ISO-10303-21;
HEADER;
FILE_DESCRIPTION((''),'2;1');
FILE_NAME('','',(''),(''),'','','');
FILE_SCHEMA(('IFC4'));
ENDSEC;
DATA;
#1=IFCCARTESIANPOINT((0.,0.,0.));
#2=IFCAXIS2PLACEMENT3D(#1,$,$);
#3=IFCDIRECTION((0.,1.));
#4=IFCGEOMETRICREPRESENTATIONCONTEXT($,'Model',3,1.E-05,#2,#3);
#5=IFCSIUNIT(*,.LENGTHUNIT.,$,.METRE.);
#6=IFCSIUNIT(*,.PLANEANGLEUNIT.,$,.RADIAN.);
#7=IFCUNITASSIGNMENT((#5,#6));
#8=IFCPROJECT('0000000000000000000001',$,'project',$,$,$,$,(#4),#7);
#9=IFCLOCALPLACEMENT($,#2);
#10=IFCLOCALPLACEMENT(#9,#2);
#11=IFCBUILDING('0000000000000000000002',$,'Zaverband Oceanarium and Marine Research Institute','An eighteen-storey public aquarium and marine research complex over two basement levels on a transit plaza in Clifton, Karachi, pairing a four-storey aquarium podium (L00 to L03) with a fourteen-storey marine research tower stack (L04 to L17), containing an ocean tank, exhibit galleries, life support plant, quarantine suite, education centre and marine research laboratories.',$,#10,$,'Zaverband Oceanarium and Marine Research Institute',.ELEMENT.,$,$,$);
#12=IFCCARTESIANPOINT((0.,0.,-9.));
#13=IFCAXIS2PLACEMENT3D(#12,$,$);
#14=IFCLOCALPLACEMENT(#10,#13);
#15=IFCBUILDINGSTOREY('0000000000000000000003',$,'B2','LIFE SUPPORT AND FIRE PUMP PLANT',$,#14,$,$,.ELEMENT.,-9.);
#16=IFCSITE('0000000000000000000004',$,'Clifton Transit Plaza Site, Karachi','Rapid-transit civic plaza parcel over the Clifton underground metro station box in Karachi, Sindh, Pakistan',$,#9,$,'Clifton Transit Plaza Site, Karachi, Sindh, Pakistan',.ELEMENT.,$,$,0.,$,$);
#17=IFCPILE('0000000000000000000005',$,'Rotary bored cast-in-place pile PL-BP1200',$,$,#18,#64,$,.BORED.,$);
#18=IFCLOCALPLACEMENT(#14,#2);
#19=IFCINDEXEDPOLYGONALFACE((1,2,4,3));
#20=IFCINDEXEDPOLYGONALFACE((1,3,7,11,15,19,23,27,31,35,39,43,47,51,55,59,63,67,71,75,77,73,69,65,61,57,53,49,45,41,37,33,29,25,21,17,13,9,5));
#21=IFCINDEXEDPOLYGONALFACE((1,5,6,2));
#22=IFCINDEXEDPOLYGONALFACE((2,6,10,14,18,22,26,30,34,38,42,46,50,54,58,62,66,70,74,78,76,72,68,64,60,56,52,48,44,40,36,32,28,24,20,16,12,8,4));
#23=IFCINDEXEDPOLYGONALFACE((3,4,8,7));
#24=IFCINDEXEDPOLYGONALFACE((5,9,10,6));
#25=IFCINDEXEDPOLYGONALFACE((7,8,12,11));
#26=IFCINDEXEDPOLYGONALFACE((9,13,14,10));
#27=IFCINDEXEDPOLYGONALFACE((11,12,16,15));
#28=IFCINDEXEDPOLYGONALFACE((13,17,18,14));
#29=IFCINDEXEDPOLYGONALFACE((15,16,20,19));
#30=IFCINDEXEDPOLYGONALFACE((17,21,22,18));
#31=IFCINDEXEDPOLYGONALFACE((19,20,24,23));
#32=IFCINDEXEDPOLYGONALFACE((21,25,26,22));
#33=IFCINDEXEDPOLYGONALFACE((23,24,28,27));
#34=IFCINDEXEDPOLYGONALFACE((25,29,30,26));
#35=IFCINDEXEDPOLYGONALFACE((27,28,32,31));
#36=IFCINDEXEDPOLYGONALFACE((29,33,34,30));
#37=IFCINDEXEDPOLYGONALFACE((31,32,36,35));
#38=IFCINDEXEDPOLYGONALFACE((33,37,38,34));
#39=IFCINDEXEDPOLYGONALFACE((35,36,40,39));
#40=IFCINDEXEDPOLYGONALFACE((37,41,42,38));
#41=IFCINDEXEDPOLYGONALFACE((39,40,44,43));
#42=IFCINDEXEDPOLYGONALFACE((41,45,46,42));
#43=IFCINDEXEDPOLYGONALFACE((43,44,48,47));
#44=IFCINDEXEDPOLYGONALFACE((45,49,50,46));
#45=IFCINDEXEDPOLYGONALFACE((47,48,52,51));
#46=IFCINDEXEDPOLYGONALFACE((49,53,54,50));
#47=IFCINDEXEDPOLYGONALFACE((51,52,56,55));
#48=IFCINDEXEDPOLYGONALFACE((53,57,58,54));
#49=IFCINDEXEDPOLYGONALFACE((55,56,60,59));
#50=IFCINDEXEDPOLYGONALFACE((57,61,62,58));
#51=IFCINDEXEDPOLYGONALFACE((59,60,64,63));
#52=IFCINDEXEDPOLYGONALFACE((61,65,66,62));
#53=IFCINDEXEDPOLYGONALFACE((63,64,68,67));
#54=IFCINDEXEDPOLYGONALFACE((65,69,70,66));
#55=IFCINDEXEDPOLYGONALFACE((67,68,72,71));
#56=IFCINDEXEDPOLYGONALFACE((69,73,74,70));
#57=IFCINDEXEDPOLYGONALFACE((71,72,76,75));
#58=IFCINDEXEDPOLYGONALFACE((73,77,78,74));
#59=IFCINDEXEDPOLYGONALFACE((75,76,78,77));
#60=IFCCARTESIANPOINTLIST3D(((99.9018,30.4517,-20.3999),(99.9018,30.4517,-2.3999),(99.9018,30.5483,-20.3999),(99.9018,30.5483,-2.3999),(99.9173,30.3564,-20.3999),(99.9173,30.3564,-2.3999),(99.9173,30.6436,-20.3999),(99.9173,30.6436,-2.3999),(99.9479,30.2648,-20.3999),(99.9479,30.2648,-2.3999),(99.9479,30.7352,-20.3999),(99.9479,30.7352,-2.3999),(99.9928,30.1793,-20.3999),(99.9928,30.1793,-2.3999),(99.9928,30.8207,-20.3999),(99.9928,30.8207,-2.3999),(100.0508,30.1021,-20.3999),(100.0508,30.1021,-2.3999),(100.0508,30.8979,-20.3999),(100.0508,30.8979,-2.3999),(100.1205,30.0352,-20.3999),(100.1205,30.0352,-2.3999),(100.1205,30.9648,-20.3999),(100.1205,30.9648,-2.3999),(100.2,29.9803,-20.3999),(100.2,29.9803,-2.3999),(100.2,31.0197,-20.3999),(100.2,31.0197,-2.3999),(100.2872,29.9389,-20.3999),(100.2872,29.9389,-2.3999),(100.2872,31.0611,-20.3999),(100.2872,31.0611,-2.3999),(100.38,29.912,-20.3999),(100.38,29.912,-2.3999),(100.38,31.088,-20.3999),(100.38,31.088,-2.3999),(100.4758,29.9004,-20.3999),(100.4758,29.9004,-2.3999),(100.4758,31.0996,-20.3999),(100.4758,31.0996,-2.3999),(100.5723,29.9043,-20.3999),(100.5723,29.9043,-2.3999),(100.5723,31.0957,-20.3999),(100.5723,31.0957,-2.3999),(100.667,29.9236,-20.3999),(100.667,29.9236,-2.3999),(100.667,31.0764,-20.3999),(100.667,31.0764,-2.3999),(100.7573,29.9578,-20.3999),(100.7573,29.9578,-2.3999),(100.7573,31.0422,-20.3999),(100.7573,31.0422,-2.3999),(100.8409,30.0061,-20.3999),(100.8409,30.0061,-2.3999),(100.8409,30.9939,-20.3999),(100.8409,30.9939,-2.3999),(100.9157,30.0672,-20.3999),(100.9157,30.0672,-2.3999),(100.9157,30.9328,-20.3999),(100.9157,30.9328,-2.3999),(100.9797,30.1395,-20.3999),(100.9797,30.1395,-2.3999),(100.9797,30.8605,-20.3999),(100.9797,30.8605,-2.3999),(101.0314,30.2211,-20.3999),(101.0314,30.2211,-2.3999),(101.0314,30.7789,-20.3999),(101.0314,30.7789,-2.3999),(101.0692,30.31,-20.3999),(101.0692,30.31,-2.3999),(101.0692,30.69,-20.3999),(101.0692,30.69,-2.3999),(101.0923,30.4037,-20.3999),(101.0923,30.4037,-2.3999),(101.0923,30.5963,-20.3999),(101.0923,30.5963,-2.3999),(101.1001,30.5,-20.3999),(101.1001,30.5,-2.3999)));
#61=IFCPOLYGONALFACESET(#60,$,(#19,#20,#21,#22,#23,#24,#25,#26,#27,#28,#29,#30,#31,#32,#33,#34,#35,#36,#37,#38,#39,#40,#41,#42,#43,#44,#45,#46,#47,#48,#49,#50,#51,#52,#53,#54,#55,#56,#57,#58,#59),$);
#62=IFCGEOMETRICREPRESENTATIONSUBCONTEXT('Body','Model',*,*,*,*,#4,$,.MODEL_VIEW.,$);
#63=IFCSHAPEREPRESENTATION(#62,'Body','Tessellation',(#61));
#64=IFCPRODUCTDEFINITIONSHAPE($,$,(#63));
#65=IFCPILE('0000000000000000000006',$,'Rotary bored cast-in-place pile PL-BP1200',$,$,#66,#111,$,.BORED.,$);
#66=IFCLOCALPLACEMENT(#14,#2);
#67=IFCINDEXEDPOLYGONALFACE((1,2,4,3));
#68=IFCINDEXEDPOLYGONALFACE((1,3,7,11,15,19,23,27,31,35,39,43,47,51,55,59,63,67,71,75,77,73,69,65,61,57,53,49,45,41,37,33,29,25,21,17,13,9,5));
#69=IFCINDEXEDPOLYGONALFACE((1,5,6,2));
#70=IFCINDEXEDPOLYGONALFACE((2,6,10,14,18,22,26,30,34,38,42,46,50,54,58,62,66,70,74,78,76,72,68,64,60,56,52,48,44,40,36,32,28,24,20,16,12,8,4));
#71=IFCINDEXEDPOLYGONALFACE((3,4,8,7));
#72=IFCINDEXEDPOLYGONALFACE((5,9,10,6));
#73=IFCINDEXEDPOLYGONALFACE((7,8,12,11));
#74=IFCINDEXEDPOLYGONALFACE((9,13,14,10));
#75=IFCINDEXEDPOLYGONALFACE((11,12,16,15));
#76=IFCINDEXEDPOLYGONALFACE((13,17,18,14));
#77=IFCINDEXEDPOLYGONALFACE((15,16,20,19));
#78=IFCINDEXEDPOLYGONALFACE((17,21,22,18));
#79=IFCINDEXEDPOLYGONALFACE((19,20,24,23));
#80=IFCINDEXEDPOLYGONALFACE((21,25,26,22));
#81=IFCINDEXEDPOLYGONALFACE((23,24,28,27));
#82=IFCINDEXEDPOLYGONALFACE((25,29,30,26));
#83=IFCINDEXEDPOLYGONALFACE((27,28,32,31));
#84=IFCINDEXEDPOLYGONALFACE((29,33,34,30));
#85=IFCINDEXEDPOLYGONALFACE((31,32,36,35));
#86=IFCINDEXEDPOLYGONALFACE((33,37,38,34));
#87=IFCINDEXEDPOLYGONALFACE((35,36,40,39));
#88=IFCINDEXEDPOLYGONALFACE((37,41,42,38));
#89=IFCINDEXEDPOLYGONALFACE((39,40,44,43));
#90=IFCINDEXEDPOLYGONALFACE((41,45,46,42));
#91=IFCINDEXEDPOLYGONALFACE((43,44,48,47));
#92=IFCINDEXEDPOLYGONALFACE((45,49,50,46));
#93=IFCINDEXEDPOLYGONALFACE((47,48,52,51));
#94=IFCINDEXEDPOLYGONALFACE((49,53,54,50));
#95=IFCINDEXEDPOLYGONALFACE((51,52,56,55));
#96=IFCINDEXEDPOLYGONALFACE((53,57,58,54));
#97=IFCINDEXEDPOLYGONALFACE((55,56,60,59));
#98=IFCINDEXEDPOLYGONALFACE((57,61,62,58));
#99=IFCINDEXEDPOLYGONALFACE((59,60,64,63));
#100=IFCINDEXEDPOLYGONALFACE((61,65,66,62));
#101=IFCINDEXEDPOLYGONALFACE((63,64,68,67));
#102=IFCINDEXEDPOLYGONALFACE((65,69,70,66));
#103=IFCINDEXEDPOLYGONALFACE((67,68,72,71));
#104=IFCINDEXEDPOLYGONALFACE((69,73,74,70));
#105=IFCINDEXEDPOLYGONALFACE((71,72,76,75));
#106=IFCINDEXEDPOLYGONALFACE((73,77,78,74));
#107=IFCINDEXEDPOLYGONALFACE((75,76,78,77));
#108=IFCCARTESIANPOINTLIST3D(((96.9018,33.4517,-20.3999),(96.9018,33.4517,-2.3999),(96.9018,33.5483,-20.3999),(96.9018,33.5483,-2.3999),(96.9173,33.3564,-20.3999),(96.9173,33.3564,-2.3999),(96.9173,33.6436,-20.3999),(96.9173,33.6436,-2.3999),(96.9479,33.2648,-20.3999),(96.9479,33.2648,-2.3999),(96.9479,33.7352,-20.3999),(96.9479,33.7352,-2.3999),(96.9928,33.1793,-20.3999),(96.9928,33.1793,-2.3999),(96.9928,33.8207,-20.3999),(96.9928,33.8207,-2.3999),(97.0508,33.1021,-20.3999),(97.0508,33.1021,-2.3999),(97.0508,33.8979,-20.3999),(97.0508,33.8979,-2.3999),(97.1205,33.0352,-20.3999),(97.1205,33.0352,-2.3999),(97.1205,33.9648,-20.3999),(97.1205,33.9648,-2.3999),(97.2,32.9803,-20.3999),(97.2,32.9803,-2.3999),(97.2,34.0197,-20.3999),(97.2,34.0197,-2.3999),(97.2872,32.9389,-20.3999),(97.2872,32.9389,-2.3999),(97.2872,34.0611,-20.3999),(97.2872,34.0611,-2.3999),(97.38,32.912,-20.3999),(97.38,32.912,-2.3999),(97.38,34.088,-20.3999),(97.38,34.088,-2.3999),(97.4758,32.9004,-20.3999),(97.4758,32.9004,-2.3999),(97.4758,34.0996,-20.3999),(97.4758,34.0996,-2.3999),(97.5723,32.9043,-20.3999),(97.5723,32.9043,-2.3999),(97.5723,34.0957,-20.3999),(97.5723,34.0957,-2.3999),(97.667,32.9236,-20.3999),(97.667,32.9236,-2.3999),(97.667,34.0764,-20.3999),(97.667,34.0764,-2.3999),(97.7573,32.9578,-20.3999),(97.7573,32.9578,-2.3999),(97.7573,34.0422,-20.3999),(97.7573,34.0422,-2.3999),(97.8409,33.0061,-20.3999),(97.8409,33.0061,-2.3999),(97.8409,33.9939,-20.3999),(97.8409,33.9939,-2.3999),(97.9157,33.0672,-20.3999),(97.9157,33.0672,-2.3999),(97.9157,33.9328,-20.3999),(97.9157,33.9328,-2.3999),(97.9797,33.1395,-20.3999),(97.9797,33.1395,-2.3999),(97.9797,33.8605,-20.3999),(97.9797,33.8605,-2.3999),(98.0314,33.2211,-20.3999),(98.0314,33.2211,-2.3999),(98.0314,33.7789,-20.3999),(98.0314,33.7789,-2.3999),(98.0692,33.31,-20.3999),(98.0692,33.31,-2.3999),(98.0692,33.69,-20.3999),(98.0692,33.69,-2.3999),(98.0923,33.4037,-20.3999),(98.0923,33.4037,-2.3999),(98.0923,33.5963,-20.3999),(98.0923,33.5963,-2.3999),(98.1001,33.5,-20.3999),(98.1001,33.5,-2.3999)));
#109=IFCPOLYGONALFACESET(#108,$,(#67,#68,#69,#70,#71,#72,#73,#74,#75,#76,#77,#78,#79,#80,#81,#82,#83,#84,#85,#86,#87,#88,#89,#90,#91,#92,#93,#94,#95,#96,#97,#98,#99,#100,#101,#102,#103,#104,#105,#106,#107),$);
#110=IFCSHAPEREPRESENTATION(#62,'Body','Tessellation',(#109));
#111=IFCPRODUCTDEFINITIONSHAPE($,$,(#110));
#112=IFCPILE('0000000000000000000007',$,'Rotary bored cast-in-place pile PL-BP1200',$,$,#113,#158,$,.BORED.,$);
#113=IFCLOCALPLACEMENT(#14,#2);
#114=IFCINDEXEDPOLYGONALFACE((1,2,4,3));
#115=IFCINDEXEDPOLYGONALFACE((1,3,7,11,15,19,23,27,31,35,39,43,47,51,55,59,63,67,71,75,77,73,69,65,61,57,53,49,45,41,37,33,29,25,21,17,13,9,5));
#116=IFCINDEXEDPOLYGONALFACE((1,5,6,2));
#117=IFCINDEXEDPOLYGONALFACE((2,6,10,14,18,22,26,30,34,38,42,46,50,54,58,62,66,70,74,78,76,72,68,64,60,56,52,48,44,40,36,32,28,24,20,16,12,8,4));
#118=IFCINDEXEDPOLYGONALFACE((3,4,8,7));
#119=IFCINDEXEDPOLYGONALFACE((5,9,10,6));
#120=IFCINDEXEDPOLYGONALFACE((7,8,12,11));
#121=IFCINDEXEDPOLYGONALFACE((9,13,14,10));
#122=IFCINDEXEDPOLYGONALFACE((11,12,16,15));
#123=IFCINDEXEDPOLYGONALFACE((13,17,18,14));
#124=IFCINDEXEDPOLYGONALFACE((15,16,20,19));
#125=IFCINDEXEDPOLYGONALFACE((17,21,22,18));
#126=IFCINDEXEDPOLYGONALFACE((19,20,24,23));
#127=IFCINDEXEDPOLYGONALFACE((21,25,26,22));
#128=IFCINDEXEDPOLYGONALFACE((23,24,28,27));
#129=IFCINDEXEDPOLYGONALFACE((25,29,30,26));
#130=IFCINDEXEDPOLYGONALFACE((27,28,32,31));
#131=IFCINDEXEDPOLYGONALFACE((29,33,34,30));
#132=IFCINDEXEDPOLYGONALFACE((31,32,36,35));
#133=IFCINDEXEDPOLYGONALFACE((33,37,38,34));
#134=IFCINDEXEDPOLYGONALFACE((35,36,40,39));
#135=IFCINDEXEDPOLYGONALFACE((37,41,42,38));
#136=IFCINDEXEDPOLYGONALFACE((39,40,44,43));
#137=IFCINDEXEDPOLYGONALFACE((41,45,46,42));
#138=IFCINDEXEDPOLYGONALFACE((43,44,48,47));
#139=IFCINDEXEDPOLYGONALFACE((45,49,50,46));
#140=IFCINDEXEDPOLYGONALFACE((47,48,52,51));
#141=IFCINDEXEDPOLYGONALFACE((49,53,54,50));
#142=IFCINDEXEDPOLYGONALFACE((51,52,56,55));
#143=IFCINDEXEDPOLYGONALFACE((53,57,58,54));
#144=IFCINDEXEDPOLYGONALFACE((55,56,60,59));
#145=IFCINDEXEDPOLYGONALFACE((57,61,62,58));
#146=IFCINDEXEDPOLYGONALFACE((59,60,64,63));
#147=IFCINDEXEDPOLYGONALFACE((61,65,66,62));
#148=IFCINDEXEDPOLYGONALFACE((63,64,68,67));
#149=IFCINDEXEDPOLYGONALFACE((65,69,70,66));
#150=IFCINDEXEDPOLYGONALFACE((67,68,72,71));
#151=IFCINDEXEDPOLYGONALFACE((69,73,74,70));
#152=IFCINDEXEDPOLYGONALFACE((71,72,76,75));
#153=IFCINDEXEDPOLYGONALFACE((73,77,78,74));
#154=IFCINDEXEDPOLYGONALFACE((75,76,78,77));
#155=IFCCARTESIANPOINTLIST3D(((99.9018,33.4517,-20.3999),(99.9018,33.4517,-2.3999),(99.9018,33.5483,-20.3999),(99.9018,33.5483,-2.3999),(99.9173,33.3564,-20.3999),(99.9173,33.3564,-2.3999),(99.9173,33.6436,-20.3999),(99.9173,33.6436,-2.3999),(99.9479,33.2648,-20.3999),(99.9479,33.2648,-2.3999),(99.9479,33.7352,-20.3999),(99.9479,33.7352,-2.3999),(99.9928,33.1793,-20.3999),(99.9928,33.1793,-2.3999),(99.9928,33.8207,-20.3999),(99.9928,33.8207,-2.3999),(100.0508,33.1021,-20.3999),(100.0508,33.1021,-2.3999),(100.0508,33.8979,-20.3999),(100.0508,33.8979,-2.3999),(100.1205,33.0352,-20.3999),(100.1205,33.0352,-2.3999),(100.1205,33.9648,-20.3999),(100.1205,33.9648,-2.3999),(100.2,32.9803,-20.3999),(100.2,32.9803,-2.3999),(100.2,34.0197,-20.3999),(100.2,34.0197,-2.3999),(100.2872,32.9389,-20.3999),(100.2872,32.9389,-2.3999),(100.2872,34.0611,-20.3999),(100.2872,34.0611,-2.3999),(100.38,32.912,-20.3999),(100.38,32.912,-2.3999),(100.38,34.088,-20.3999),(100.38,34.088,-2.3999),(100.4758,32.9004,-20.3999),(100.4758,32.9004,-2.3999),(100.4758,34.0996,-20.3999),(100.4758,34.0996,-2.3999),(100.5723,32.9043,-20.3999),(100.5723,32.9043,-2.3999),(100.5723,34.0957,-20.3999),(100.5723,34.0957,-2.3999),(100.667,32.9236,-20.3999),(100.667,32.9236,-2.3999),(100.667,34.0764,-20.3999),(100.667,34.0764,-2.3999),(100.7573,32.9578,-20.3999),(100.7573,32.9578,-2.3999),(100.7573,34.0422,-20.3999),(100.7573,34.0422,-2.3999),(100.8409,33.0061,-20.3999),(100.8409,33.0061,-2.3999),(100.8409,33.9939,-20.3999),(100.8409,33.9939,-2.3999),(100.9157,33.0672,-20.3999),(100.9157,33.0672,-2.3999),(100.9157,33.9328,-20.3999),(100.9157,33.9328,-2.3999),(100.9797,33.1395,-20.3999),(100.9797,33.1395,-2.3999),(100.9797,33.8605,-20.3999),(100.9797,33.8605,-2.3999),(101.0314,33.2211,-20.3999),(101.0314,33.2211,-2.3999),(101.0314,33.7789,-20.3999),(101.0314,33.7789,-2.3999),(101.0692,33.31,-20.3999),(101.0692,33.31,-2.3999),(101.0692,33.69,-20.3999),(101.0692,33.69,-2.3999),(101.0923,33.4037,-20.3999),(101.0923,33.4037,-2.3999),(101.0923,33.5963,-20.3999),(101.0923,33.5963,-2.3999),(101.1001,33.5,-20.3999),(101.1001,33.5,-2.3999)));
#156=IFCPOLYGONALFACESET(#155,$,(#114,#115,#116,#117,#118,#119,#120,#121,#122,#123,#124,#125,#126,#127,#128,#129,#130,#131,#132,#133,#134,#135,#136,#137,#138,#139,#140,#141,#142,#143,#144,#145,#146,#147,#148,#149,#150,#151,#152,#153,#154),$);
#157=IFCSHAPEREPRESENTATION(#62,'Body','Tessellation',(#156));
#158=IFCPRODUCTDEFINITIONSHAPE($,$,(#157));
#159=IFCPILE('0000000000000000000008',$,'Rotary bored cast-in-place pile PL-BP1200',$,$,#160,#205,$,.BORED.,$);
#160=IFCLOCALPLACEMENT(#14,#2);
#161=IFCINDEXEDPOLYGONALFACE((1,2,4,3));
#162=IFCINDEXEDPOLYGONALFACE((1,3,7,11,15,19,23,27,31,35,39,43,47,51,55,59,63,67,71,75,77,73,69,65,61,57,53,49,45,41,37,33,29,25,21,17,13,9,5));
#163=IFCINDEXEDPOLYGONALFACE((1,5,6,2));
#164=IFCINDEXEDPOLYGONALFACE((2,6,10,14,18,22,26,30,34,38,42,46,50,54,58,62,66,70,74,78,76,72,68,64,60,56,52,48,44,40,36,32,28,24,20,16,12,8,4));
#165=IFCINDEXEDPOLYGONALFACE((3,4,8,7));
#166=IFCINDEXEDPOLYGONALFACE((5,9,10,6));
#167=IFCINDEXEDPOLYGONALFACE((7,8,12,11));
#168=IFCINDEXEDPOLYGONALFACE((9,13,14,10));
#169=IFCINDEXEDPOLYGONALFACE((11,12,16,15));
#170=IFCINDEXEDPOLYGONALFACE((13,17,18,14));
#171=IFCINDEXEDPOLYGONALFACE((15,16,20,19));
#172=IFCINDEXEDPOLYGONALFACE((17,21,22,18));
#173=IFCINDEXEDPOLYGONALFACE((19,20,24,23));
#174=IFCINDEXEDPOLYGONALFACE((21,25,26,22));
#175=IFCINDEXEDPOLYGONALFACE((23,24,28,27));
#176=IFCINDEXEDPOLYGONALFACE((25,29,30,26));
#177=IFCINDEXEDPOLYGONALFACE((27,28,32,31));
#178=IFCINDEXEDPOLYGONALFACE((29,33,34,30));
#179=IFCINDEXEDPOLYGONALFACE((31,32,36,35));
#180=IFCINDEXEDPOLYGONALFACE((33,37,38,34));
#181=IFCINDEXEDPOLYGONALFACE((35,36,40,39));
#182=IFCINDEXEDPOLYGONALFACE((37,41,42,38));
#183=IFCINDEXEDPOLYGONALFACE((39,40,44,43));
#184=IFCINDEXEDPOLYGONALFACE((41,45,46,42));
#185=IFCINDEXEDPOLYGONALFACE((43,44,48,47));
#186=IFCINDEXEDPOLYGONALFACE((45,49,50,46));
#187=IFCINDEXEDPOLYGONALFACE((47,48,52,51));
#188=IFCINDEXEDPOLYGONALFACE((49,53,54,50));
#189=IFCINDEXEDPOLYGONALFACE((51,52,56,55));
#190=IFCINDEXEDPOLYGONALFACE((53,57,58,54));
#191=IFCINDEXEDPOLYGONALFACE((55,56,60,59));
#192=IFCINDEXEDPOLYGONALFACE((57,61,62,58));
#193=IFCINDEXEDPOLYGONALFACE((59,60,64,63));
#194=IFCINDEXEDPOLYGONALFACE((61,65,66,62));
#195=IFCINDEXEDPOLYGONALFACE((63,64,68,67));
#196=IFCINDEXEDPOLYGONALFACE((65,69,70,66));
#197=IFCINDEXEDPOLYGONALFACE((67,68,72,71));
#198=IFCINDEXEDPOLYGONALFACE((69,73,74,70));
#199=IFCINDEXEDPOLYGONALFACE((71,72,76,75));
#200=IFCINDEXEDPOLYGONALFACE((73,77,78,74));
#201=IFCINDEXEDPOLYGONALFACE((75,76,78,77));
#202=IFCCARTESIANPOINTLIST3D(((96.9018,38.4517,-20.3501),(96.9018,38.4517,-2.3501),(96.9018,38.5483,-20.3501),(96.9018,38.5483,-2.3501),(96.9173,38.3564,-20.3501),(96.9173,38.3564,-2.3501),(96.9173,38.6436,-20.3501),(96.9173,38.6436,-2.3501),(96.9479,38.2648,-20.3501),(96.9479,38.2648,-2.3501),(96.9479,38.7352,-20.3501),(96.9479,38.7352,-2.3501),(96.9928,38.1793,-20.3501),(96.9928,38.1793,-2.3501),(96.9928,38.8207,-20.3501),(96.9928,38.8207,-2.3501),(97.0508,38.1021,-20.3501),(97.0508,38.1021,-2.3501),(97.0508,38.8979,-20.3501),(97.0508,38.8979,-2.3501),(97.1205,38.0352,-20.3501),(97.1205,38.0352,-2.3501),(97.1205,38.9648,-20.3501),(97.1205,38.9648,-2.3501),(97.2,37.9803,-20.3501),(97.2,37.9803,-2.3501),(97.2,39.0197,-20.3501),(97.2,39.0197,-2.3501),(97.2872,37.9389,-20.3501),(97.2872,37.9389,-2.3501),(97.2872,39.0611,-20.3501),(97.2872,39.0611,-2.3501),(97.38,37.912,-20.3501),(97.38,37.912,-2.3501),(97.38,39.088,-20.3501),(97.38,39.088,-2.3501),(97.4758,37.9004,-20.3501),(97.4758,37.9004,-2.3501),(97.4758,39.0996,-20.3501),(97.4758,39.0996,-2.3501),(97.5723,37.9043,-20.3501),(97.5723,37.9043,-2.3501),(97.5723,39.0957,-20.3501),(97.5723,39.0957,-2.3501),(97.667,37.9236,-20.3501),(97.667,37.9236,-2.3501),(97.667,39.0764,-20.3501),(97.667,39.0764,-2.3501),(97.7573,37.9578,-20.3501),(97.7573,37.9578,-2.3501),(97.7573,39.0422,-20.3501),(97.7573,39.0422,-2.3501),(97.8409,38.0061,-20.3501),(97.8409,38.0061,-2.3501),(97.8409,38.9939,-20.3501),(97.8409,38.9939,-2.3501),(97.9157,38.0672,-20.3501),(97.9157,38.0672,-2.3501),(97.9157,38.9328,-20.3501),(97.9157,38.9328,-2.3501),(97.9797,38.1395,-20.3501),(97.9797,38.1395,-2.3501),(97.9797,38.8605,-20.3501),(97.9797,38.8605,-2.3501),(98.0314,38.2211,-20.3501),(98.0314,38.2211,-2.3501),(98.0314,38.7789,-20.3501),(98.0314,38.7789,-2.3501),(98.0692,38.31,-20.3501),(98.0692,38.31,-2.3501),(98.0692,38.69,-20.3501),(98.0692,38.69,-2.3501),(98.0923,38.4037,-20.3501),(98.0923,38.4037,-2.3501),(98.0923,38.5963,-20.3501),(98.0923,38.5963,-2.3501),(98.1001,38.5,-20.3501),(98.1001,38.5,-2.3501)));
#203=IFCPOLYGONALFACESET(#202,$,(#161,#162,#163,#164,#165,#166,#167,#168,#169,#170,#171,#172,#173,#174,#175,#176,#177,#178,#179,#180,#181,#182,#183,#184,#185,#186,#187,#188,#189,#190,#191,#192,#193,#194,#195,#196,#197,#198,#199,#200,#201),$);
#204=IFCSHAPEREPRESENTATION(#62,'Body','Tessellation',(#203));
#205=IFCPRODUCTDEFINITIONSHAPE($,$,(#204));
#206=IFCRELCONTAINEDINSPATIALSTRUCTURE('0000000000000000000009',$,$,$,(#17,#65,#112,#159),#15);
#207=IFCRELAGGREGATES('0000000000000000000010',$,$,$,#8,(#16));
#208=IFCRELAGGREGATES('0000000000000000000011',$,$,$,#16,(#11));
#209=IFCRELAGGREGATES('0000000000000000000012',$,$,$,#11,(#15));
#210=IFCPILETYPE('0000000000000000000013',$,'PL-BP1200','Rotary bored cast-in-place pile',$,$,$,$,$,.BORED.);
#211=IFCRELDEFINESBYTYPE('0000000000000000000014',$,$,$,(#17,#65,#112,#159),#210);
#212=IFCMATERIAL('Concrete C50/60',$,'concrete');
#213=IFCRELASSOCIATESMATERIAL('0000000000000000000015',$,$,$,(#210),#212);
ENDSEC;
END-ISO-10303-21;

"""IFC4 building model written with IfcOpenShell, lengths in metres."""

from ifc_helpers import new_model, si_unit, direction, frame, origin, origin_2d, place, context, subcontext, project, spatial, circle, extrude, material, material_profile, profile_set, type_object, element, save


model = new_model("IFC4")

# Units and contexts
model_context = context("Model", 3, precision=1e-05, world=origin(), true_north=direction((0.0, 1.0)))
body_context = subcontext(model_context, "Body", "Model", "MODEL_VIEW")
ifc_project = project(units=[si_unit("LENGTHUNIT", "METRE"), si_unit("PLANEANGLEUNIT", "RADIAN")], contexts=[model_context])

# Site, building, storey
site_placement = place(None, origin())
site = spatial("IfcSite", under=ifc_project, at=site_placement, Name="Clifton Transit Plaza Site, Karachi", Description="Rapid-transit civic plaza parcel over the Clifton underground metro station box in Karachi, Sindh, Pakistan", LongName="Clifton Transit Plaza Site, Karachi, Sindh, Pakistan", CompositionType="ELEMENT", RefElevation=0.0)
building_placement = place(site_placement, origin())
building = spatial("IfcBuilding", under=site, at=building_placement, Name="Zaverband Oceanarium and Marine Research Institute", Description="An eighteen-storey public aquarium and marine research complex over two basement levels on a transit plaza in Clifton, Karachi, pairing a four-storey aquarium podium (L00 to L03) with a fourteen-storey marine research tower stack (L04 to L17), containing an ocean tank, exhibit galleries, life support plant, quarantine suite, education centre and marine research laboratories.", LongName="Zaverband Oceanarium and Marine Research Institute", CompositionType="ELEMENT")
storey_placement = place(building_placement, frame((0.0, 0.0, -9.0)))
storey = spatial("IfcBuildingStorey", under=building, at=storey_placement, Name="B2", Description="LIFE SUPPORT AND FIRE PUMP PLANT", CompositionType="ELEMENT", Elevation=-9.0)

# Shared definitions
ifc_material_1 = material(Name="Concrete C50/60", Category="concrete")

# Piles
ifc_material_profile_1 = material_profile(ifc_material_1, circle(Radius=0.6001, at=origin_2d()), Name="BP1200")
ifc_profile_set_1 = profile_set([ifc_material_profile_1], Name="Concrete C50/60")
pile_type = type_object("IfcPileType", Name="PL-BP1200", Description="Rotary bored cast-in-place pile", PredefinedType="BORED", material=ifc_profile_set_1)
for number, where, z_axis, x_axis, name in (
    (1, (100.5, 30.5, -2.3999), (0.0, 0.0, -1.0), (1.0, 0.0, 0.0), "Rotary bored cast-in-place pile PL-BP1200"),
    (2, (97.5, 33.5, -2.3999), (0.0, 0.0, -1.0), (1.0, 0.0, 0.0), "Rotary bored cast-in-place pile PL-BP1200"),
    (3, (100.5, 33.5, -2.3999), (0.0, 0.0, -1.0), (1.0, 0.0, 0.0), "Rotary bored cast-in-place pile PL-BP1200"),
    (4, (97.5, 38.5, -2.3501), (0.0, 0.0, -1.0), (1.0, 0.0, 0.0), "Rotary bored cast-in-place pile PL-BP1200"),
):
    element("IfcPile", number, at=place(storey_placement, frame(where, z_axis=z_axis, x_axis=x_axis)), inside=storey, type_object=pile_type, Name=name, PredefinedType="BORED", context=body_context, shape_type="SweptSolid", body=[
        extrude(circle(Radius=0.6001, at=origin_2d()), origin(), (0.0, 0.0, 1.0), 18.0),
    ])

save(model, "model.ifc")
